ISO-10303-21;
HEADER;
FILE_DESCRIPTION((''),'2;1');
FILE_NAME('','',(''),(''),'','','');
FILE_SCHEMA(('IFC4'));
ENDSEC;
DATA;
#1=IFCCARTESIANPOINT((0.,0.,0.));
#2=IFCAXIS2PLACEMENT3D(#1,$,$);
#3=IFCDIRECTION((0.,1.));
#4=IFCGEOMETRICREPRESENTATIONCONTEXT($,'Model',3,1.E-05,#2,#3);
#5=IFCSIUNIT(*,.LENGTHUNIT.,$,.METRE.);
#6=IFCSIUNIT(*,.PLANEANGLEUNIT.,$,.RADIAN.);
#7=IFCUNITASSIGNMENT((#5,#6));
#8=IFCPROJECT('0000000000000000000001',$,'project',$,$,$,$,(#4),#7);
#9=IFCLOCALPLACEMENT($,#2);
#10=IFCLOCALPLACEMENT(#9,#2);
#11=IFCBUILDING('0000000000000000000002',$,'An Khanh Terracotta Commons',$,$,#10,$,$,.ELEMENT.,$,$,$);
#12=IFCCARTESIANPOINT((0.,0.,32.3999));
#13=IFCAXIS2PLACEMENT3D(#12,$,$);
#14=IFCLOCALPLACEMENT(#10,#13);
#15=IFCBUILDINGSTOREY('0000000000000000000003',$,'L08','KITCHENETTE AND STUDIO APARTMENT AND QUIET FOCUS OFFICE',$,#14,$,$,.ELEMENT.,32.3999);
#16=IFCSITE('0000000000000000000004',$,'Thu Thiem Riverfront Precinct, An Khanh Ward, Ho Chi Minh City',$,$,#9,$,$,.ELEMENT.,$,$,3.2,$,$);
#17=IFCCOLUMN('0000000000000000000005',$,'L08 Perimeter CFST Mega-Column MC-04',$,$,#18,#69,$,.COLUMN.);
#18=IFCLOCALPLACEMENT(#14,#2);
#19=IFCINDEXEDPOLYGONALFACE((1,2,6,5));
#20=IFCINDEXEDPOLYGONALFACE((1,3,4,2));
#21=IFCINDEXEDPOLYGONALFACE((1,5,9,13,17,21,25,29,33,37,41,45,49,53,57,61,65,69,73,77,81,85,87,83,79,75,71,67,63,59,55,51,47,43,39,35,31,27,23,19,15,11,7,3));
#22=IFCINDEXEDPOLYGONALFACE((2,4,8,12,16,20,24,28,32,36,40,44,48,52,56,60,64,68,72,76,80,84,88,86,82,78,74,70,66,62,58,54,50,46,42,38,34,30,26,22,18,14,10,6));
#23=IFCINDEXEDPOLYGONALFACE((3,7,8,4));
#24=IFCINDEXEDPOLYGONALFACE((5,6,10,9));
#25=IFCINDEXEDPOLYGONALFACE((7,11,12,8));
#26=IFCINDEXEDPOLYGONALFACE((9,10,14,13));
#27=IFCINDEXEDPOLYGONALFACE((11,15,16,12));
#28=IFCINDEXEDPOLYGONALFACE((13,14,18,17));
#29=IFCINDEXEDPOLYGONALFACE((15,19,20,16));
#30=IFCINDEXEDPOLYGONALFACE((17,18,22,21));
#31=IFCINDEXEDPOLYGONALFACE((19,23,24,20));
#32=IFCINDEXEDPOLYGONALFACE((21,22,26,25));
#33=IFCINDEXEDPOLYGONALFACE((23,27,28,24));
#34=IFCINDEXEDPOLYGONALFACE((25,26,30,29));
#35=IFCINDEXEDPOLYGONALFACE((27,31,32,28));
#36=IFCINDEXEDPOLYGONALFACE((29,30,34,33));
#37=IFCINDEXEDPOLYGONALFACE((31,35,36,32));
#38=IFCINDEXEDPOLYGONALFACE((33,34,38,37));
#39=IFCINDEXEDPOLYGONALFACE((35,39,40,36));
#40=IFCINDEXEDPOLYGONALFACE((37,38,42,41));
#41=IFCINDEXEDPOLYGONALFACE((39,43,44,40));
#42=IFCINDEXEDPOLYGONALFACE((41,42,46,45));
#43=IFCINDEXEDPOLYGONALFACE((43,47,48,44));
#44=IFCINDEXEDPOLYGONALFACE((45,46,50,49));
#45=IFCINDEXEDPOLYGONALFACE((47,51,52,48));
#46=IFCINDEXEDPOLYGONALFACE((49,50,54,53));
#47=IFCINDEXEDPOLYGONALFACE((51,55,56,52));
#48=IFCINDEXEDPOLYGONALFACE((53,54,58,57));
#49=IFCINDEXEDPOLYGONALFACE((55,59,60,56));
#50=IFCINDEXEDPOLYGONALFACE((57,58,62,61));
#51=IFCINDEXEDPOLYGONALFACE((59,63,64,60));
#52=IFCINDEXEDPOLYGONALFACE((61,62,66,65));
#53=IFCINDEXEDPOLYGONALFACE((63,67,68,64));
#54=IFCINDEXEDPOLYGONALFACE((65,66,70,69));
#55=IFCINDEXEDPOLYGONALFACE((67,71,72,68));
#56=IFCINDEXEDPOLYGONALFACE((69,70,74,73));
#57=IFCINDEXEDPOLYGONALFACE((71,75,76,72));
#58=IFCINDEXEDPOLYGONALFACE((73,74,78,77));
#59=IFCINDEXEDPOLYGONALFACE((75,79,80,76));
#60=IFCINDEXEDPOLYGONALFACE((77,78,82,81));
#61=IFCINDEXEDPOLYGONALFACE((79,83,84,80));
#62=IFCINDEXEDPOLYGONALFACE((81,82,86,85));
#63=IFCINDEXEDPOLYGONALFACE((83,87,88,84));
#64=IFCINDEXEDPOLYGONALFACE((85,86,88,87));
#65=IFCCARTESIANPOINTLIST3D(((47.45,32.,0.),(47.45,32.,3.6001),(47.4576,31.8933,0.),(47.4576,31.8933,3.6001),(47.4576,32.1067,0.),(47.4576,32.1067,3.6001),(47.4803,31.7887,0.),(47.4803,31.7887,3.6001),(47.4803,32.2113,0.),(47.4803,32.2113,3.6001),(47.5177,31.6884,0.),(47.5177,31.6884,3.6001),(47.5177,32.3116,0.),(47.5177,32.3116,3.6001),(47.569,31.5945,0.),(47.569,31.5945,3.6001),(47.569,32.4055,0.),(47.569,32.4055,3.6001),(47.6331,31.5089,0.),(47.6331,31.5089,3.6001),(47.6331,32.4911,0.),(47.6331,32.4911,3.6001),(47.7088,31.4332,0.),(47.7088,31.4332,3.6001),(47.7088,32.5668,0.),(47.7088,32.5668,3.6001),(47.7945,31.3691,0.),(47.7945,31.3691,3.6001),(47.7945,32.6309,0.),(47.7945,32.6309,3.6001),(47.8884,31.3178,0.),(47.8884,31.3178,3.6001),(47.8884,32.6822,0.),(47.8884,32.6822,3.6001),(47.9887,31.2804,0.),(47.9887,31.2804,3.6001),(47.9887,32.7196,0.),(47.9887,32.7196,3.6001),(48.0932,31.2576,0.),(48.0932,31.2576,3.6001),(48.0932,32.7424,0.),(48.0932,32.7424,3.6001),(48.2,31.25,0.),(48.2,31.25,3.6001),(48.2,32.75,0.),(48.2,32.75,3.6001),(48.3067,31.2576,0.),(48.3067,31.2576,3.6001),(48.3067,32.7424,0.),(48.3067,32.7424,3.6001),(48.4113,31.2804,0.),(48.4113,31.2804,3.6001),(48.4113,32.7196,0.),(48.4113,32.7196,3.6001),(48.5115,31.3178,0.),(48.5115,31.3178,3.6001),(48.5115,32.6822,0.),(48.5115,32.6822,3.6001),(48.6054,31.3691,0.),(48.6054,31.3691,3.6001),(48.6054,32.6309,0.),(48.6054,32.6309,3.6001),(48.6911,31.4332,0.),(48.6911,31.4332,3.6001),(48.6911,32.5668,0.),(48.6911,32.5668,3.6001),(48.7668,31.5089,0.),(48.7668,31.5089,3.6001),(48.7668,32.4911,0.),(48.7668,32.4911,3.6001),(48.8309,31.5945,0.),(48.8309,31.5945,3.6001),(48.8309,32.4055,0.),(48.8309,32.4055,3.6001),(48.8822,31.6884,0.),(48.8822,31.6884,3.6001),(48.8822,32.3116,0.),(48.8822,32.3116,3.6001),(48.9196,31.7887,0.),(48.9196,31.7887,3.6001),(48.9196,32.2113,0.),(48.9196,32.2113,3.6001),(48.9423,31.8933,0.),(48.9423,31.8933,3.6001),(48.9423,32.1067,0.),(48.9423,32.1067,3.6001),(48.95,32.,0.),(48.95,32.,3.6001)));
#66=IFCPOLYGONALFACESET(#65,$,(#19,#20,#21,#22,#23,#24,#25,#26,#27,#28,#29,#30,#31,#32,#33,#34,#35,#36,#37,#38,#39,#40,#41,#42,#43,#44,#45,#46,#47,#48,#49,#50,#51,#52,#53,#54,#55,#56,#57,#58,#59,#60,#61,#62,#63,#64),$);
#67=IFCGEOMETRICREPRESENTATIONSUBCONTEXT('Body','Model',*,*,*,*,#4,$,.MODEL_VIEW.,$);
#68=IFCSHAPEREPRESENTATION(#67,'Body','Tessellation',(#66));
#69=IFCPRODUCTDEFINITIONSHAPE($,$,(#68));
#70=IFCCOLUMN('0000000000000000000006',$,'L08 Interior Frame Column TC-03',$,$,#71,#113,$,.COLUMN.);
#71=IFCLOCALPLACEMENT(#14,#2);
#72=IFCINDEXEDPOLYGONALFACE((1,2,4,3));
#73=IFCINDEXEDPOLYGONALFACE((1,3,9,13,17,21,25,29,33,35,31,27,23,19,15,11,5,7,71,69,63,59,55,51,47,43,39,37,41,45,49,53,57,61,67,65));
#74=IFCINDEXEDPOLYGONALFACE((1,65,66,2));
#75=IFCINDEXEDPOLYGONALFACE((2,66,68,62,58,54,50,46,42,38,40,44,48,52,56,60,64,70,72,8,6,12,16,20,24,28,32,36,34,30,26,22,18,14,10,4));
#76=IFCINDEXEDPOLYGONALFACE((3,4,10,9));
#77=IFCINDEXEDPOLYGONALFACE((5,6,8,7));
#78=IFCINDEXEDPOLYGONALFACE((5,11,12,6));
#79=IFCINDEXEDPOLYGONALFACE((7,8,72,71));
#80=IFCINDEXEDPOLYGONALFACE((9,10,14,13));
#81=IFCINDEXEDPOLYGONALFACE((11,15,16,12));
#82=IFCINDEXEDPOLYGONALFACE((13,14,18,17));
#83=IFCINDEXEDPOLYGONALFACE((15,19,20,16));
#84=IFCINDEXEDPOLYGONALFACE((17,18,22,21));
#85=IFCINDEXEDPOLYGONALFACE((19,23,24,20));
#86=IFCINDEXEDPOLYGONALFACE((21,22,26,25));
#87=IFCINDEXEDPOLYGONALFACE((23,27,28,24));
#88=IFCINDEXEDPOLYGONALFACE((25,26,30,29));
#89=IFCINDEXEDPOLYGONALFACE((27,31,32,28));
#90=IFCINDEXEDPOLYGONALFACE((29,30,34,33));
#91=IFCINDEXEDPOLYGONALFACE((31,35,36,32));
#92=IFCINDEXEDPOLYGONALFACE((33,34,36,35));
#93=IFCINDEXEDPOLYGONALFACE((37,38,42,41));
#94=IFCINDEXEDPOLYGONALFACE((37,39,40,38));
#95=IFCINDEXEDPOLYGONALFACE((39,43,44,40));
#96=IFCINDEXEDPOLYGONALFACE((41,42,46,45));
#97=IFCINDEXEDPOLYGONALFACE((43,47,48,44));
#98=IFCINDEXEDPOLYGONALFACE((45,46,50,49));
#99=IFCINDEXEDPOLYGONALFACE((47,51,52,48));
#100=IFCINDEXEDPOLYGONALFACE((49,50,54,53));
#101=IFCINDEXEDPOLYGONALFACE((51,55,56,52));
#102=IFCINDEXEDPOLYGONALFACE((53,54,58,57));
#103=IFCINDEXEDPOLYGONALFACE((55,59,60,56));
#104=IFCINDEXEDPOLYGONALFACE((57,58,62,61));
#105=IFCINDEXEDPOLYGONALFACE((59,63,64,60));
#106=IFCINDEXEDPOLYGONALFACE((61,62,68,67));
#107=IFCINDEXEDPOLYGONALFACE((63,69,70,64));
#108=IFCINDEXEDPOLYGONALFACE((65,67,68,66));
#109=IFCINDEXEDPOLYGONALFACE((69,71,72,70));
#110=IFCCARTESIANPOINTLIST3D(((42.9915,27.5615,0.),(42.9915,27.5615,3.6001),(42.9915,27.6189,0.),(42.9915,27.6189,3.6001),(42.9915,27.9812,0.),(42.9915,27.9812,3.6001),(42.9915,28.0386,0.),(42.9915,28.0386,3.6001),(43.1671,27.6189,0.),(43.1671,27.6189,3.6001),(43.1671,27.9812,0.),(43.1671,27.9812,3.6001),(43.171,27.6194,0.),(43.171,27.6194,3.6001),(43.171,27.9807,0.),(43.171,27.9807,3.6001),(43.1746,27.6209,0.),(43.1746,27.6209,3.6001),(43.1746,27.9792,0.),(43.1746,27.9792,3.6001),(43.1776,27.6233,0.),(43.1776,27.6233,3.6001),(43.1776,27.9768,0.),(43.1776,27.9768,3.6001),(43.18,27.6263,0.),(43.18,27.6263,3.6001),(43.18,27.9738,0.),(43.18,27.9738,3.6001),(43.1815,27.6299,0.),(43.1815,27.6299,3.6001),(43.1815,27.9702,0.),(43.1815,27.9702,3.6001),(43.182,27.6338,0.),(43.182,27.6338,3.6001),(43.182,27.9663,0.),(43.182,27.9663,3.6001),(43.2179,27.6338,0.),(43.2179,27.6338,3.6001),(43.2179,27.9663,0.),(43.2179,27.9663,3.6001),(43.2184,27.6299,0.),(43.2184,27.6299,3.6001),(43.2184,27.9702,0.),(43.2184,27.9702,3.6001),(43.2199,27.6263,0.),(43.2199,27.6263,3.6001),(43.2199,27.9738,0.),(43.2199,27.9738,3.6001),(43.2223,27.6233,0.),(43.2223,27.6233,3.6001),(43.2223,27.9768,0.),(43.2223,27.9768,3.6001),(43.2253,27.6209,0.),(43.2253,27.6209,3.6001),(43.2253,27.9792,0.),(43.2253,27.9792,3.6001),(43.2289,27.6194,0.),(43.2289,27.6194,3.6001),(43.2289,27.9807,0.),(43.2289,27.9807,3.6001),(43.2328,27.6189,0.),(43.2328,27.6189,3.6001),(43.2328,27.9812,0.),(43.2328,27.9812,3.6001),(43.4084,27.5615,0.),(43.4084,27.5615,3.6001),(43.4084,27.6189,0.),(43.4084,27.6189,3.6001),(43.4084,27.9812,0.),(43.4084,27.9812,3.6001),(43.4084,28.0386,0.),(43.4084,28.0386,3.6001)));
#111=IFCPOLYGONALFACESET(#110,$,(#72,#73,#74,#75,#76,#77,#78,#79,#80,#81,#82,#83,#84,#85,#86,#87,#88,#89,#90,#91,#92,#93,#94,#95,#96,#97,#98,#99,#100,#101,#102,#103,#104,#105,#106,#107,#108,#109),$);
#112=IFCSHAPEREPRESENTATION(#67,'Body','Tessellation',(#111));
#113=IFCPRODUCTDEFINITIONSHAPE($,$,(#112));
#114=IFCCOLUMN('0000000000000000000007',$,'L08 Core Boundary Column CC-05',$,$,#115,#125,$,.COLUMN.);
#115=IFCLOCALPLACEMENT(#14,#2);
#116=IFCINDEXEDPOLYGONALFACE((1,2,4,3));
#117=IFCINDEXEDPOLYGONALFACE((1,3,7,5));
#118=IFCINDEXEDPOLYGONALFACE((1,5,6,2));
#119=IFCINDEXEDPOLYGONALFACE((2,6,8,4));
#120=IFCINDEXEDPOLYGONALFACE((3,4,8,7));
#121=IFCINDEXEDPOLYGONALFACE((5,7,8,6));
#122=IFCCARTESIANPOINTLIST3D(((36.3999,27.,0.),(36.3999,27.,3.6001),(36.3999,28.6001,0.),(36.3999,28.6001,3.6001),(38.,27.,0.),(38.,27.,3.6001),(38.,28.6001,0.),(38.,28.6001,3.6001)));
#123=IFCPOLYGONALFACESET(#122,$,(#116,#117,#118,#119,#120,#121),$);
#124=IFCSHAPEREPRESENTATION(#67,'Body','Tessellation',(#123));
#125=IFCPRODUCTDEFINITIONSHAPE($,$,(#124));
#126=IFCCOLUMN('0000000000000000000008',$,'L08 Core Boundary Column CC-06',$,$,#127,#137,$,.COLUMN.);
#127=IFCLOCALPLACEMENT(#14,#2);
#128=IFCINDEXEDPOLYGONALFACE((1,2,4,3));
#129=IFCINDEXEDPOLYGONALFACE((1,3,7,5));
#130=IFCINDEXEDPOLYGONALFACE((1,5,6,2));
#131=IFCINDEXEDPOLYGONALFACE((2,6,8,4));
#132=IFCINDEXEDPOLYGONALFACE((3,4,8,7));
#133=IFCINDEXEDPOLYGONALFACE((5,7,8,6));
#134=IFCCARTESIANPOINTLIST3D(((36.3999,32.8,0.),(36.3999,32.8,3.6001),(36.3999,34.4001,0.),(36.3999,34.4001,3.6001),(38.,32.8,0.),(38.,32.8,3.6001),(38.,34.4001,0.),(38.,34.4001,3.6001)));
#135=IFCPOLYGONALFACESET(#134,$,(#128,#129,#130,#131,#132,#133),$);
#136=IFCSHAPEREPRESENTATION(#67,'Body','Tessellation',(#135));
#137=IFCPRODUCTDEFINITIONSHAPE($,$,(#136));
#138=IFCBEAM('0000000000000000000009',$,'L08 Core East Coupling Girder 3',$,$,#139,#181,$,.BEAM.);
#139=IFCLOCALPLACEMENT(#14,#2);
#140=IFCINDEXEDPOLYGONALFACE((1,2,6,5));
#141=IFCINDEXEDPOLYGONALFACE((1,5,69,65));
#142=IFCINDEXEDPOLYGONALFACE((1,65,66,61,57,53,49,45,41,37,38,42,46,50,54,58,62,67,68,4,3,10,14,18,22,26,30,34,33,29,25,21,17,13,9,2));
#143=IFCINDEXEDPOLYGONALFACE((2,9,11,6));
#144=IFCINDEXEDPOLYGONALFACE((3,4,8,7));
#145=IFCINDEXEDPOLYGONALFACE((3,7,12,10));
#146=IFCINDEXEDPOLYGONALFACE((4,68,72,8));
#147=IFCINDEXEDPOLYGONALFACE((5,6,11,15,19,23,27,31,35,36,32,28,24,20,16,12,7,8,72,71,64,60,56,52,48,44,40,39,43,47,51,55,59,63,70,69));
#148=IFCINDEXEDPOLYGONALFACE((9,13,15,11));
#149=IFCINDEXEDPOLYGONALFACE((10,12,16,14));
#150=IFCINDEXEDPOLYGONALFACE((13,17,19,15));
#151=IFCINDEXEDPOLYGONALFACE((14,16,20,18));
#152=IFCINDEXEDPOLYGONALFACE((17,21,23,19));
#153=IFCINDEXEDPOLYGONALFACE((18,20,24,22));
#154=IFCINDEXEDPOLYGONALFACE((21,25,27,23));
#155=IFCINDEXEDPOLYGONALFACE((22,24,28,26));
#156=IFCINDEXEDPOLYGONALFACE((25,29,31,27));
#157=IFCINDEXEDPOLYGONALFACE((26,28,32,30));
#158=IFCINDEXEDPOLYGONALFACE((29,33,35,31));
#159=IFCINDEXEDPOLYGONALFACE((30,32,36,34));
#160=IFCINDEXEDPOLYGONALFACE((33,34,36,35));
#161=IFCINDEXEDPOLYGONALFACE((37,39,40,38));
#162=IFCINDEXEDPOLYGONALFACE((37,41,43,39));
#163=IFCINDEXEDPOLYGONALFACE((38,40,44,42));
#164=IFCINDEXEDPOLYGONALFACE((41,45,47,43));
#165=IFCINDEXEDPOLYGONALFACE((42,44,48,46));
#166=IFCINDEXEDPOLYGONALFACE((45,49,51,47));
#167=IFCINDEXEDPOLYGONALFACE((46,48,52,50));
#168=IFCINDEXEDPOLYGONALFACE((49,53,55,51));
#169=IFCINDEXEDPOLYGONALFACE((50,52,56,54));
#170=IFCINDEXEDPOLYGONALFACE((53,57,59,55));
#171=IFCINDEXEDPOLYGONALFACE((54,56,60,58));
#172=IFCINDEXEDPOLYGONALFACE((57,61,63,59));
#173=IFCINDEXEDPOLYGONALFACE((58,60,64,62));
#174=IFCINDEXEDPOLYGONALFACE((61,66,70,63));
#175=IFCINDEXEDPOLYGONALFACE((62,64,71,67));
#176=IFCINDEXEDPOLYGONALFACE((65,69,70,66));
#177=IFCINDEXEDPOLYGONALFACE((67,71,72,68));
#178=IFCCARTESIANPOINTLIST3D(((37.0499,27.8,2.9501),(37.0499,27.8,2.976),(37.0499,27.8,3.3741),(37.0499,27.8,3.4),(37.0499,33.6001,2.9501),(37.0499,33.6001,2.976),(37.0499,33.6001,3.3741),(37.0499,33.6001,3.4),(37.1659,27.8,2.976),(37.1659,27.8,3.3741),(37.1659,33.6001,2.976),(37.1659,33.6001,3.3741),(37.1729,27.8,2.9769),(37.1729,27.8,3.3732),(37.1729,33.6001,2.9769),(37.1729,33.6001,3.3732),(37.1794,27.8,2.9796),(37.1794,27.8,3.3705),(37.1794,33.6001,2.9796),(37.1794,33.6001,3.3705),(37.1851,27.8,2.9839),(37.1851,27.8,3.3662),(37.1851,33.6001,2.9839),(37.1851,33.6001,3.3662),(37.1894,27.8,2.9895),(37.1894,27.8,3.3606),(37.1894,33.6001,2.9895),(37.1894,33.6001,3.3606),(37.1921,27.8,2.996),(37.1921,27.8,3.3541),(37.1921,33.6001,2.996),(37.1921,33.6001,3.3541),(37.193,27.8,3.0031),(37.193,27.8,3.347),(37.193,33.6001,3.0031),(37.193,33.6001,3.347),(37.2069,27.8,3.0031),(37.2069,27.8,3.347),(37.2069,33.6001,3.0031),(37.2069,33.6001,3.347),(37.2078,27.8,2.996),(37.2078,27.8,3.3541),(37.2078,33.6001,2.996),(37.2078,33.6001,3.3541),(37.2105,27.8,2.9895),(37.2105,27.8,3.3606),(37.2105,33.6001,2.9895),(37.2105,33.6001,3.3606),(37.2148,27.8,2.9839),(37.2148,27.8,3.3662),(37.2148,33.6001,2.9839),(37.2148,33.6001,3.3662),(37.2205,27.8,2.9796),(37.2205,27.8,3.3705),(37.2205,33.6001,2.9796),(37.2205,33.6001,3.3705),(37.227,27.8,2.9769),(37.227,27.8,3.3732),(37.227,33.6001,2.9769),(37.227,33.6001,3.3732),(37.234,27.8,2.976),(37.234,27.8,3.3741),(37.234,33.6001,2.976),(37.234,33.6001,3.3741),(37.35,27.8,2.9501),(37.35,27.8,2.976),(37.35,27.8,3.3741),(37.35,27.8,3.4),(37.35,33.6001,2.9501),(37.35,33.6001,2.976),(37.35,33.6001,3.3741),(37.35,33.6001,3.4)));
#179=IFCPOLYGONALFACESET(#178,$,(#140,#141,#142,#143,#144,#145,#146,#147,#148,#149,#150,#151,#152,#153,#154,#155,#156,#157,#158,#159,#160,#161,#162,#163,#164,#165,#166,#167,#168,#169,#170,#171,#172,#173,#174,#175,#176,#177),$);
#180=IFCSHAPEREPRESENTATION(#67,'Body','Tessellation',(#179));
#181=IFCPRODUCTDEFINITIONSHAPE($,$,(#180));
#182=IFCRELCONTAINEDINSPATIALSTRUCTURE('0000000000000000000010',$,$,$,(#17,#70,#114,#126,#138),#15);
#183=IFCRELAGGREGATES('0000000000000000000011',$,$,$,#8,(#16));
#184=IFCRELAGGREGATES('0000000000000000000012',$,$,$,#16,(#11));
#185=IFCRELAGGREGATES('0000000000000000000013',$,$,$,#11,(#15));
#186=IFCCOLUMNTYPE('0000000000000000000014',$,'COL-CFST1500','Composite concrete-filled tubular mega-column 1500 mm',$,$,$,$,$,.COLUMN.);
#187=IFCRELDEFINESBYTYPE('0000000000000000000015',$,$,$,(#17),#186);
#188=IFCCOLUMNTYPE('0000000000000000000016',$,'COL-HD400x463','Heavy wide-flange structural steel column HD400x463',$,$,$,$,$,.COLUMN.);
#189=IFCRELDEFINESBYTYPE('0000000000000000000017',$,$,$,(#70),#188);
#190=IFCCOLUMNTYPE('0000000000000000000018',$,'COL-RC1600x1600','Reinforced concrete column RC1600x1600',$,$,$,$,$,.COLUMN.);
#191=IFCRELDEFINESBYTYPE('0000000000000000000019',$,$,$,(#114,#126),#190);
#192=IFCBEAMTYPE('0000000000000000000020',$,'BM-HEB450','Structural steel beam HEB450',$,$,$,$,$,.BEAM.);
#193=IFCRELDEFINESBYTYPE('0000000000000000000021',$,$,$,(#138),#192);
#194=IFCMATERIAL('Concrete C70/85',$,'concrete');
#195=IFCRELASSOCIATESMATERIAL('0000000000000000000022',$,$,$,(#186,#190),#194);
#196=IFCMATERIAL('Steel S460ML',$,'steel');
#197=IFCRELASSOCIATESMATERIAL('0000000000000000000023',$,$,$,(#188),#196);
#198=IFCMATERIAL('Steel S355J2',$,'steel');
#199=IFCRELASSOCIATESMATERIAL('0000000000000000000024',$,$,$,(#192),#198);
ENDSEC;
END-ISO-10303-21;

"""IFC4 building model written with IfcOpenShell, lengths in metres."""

from ifc_helpers import new_model, si_unit, direction, frame, origin, origin_2d, place, context, subcontext, project, spatial, rectangle, circle, i_section, extrude, material, material_profile, profile_set, type_object, element, save


model = new_model("IFC4")

# Units and contexts
model_context = context("Model", 3, precision=1e-05, world=origin(), true_north=direction((0.0, 1.0)))
body_context = subcontext(model_context, "Body", "Model", "MODEL_VIEW")
ifc_project = project(units=[si_unit("LENGTHUNIT", "METRE"), si_unit("PLANEANGLEUNIT", "RADIAN")], contexts=[model_context])

# Site, building, storey
site_placement = place(None, origin())
site = spatial("IfcSite", under=ifc_project, at=site_placement, Name="Thu Thiem Riverfront Precinct, An Khanh Ward, Ho Chi Minh City", CompositionType="ELEMENT", RefElevation=3.2)
building_placement = place(site_placement, origin())
building = spatial("IfcBuilding", under=site, at=building_placement, Name="An Khanh Terracotta Commons", CompositionType="ELEMENT")
storey_placement = place(building_placement, frame((0.0, 0.0, 32.3999)))
storey = spatial("IfcBuildingStorey", under=building, at=storey_placement, Name="L08", Description="KITCHENETTE AND STUDIO APARTMENT AND QUIET FOCUS OFFICE", CompositionType="ELEMENT", Elevation=32.3999)

# Columns
ifc_material_1 = material(Name="Concrete C70/85", Category="concrete")
ifc_material_profile_1 = material_profile(ifc_material_1, circle(Radius=0.75, at=origin_2d()), Name="CFST1500")
ifc_profile_set_1 = profile_set([ifc_material_profile_1], Name="Concrete C70/85")
column_type_1 = type_object("IfcColumnType", Name="COL-CFST1500", Description="Composite concrete-filled tubular mega-column 1500 mm", PredefinedType="COLUMN", material=ifc_profile_set_1)
column_1_placement = place(storey_placement, frame((48.2, 32.0, 0.0), z_axis=(0.0, 0.0, 1.0), x_axis=(1.0, 0.0, 0.0)))
element("IfcColumn", 1, at=column_1_placement, inside=storey, type_object=column_type_1, Name="L08 Perimeter CFST Mega-Column MC-04", PredefinedType="COLUMN", context=body_context, shape_type="SweptSolid", body=[
    extrude(circle(Radius=0.75, at=origin_2d()), origin(), (0.0, 0.0, 1.0), 3.6001),
])
ifc_material_2 = material(Name="Steel S460ML", Category="steel")
ifc_material_profile_2 = material_profile(ifc_material_2, i_section(OverallWidth=0.417, OverallDepth=0.4771, WebThickness=0.0359, FlangeThickness=0.0574, FilletRadius=0.0149, at=origin_2d()), Name="HD400x463")
ifc_profile_set_2 = profile_set([ifc_material_profile_2], Name="Steel S460ML")
column_type_2 = type_object("IfcColumnType", Name="COL-HD400x463", Description="Heavy wide-flange structural steel column HD400x463", PredefinedType="COLUMN", material=ifc_profile_set_2)
column_2_placement = place(storey_placement, frame((43.2, 27.8, 0.0), z_axis=(0.0, 0.0, 1.0), x_axis=(1.0, 0.0, 0.0)))
element("IfcColumn", 2, at=column_2_placement, inside=storey, type_object=column_type_2, Name="L08 Interior Frame Column TC-03", PredefinedType="COLUMN", context=body_context, shape_type="SweptSolid", body=[
    extrude(i_section(OverallWidth=0.417, OverallDepth=0.4771, WebThickness=0.0359, FlangeThickness=0.0574, FilletRadius=0.0149, at=origin_2d()), origin(), (0.0, 0.0, 1.0), 3.6001),
])
ifc_material_profile_3 = material_profile(ifc_material_1, rectangle(XDim=1.6001, YDim=1.6001, at=origin_2d()), Name="RC1600x1600")
ifc_profile_set_3 = profile_set([ifc_material_profile_3], Name="Concrete C70/85")
column_type_3 = type_object("IfcColumnType", Name="COL-RC1600x1600", Description="Reinforced concrete column RC1600x1600", PredefinedType="COLUMN", material=ifc_profile_set_3)
for number, where, z_axis, x_axis, name in (
    (3, (37.2, 27.8, 0.0), (0.0, 0.0, 1.0), (1.0, 0.0, 0.0), "L08 Core Boundary Column CC-05"),
    (4, (37.2, 33.6001, 0.0), (0.0, 0.0, 1.0), (1.0, 0.0, 0.0), "L08 Core Boundary Column CC-06"),
):
    element("IfcColumn", number, at=place(storey_placement, frame(where, z_axis=z_axis, x_axis=x_axis)), inside=storey, type_object=column_type_3, Name=name, PredefinedType="COLUMN", context=body_context, shape_type="SweptSolid", body=[
        extrude(rectangle(XDim=1.6001, YDim=1.6001, at=origin_2d()), origin(), (0.0, 0.0, 1.0), 3.6001),
    ])

# Beam
ifc_material_3 = material(Name="Steel S355J2", Category="steel")
ifc_material_profile_4 = material_profile(ifc_material_3, i_section(OverallWidth=0.3, OverallDepth=0.45, WebThickness=0.0139, FlangeThickness=0.0259, FilletRadius=0.0271, at=origin_2d()), Name="HEB450")
ifc_profile_set_4 = profile_set([ifc_material_profile_4], Name="Steel S355J2")
beam_type_1 = type_object("IfcBeamType", Name="BM-HEB450", Description="Structural steel beam HEB450", PredefinedType="BEAM", material=ifc_profile_set_4)
beam_1_placement = place(storey_placement, frame((37.2, 27.8, 3.175), z_axis=(0.0, 1.0, 0.0), x_axis=(-1.0, 0.0, 0.0)))
element("IfcBeam", 5, at=beam_1_placement, inside=storey, type_object=beam_type_1, Name="L08 Core East Coupling Girder 3", PredefinedType="BEAM", context=body_context, shape_type="SweptSolid", body=[
    extrude(i_section(OverallWidth=0.3, OverallDepth=0.45, WebThickness=0.0139, FlangeThickness=0.0259, FilletRadius=0.0271, at=origin_2d()), origin(), (0.0, 0.0, 1.0), 5.8),
])

save(model, "model.ifc")
